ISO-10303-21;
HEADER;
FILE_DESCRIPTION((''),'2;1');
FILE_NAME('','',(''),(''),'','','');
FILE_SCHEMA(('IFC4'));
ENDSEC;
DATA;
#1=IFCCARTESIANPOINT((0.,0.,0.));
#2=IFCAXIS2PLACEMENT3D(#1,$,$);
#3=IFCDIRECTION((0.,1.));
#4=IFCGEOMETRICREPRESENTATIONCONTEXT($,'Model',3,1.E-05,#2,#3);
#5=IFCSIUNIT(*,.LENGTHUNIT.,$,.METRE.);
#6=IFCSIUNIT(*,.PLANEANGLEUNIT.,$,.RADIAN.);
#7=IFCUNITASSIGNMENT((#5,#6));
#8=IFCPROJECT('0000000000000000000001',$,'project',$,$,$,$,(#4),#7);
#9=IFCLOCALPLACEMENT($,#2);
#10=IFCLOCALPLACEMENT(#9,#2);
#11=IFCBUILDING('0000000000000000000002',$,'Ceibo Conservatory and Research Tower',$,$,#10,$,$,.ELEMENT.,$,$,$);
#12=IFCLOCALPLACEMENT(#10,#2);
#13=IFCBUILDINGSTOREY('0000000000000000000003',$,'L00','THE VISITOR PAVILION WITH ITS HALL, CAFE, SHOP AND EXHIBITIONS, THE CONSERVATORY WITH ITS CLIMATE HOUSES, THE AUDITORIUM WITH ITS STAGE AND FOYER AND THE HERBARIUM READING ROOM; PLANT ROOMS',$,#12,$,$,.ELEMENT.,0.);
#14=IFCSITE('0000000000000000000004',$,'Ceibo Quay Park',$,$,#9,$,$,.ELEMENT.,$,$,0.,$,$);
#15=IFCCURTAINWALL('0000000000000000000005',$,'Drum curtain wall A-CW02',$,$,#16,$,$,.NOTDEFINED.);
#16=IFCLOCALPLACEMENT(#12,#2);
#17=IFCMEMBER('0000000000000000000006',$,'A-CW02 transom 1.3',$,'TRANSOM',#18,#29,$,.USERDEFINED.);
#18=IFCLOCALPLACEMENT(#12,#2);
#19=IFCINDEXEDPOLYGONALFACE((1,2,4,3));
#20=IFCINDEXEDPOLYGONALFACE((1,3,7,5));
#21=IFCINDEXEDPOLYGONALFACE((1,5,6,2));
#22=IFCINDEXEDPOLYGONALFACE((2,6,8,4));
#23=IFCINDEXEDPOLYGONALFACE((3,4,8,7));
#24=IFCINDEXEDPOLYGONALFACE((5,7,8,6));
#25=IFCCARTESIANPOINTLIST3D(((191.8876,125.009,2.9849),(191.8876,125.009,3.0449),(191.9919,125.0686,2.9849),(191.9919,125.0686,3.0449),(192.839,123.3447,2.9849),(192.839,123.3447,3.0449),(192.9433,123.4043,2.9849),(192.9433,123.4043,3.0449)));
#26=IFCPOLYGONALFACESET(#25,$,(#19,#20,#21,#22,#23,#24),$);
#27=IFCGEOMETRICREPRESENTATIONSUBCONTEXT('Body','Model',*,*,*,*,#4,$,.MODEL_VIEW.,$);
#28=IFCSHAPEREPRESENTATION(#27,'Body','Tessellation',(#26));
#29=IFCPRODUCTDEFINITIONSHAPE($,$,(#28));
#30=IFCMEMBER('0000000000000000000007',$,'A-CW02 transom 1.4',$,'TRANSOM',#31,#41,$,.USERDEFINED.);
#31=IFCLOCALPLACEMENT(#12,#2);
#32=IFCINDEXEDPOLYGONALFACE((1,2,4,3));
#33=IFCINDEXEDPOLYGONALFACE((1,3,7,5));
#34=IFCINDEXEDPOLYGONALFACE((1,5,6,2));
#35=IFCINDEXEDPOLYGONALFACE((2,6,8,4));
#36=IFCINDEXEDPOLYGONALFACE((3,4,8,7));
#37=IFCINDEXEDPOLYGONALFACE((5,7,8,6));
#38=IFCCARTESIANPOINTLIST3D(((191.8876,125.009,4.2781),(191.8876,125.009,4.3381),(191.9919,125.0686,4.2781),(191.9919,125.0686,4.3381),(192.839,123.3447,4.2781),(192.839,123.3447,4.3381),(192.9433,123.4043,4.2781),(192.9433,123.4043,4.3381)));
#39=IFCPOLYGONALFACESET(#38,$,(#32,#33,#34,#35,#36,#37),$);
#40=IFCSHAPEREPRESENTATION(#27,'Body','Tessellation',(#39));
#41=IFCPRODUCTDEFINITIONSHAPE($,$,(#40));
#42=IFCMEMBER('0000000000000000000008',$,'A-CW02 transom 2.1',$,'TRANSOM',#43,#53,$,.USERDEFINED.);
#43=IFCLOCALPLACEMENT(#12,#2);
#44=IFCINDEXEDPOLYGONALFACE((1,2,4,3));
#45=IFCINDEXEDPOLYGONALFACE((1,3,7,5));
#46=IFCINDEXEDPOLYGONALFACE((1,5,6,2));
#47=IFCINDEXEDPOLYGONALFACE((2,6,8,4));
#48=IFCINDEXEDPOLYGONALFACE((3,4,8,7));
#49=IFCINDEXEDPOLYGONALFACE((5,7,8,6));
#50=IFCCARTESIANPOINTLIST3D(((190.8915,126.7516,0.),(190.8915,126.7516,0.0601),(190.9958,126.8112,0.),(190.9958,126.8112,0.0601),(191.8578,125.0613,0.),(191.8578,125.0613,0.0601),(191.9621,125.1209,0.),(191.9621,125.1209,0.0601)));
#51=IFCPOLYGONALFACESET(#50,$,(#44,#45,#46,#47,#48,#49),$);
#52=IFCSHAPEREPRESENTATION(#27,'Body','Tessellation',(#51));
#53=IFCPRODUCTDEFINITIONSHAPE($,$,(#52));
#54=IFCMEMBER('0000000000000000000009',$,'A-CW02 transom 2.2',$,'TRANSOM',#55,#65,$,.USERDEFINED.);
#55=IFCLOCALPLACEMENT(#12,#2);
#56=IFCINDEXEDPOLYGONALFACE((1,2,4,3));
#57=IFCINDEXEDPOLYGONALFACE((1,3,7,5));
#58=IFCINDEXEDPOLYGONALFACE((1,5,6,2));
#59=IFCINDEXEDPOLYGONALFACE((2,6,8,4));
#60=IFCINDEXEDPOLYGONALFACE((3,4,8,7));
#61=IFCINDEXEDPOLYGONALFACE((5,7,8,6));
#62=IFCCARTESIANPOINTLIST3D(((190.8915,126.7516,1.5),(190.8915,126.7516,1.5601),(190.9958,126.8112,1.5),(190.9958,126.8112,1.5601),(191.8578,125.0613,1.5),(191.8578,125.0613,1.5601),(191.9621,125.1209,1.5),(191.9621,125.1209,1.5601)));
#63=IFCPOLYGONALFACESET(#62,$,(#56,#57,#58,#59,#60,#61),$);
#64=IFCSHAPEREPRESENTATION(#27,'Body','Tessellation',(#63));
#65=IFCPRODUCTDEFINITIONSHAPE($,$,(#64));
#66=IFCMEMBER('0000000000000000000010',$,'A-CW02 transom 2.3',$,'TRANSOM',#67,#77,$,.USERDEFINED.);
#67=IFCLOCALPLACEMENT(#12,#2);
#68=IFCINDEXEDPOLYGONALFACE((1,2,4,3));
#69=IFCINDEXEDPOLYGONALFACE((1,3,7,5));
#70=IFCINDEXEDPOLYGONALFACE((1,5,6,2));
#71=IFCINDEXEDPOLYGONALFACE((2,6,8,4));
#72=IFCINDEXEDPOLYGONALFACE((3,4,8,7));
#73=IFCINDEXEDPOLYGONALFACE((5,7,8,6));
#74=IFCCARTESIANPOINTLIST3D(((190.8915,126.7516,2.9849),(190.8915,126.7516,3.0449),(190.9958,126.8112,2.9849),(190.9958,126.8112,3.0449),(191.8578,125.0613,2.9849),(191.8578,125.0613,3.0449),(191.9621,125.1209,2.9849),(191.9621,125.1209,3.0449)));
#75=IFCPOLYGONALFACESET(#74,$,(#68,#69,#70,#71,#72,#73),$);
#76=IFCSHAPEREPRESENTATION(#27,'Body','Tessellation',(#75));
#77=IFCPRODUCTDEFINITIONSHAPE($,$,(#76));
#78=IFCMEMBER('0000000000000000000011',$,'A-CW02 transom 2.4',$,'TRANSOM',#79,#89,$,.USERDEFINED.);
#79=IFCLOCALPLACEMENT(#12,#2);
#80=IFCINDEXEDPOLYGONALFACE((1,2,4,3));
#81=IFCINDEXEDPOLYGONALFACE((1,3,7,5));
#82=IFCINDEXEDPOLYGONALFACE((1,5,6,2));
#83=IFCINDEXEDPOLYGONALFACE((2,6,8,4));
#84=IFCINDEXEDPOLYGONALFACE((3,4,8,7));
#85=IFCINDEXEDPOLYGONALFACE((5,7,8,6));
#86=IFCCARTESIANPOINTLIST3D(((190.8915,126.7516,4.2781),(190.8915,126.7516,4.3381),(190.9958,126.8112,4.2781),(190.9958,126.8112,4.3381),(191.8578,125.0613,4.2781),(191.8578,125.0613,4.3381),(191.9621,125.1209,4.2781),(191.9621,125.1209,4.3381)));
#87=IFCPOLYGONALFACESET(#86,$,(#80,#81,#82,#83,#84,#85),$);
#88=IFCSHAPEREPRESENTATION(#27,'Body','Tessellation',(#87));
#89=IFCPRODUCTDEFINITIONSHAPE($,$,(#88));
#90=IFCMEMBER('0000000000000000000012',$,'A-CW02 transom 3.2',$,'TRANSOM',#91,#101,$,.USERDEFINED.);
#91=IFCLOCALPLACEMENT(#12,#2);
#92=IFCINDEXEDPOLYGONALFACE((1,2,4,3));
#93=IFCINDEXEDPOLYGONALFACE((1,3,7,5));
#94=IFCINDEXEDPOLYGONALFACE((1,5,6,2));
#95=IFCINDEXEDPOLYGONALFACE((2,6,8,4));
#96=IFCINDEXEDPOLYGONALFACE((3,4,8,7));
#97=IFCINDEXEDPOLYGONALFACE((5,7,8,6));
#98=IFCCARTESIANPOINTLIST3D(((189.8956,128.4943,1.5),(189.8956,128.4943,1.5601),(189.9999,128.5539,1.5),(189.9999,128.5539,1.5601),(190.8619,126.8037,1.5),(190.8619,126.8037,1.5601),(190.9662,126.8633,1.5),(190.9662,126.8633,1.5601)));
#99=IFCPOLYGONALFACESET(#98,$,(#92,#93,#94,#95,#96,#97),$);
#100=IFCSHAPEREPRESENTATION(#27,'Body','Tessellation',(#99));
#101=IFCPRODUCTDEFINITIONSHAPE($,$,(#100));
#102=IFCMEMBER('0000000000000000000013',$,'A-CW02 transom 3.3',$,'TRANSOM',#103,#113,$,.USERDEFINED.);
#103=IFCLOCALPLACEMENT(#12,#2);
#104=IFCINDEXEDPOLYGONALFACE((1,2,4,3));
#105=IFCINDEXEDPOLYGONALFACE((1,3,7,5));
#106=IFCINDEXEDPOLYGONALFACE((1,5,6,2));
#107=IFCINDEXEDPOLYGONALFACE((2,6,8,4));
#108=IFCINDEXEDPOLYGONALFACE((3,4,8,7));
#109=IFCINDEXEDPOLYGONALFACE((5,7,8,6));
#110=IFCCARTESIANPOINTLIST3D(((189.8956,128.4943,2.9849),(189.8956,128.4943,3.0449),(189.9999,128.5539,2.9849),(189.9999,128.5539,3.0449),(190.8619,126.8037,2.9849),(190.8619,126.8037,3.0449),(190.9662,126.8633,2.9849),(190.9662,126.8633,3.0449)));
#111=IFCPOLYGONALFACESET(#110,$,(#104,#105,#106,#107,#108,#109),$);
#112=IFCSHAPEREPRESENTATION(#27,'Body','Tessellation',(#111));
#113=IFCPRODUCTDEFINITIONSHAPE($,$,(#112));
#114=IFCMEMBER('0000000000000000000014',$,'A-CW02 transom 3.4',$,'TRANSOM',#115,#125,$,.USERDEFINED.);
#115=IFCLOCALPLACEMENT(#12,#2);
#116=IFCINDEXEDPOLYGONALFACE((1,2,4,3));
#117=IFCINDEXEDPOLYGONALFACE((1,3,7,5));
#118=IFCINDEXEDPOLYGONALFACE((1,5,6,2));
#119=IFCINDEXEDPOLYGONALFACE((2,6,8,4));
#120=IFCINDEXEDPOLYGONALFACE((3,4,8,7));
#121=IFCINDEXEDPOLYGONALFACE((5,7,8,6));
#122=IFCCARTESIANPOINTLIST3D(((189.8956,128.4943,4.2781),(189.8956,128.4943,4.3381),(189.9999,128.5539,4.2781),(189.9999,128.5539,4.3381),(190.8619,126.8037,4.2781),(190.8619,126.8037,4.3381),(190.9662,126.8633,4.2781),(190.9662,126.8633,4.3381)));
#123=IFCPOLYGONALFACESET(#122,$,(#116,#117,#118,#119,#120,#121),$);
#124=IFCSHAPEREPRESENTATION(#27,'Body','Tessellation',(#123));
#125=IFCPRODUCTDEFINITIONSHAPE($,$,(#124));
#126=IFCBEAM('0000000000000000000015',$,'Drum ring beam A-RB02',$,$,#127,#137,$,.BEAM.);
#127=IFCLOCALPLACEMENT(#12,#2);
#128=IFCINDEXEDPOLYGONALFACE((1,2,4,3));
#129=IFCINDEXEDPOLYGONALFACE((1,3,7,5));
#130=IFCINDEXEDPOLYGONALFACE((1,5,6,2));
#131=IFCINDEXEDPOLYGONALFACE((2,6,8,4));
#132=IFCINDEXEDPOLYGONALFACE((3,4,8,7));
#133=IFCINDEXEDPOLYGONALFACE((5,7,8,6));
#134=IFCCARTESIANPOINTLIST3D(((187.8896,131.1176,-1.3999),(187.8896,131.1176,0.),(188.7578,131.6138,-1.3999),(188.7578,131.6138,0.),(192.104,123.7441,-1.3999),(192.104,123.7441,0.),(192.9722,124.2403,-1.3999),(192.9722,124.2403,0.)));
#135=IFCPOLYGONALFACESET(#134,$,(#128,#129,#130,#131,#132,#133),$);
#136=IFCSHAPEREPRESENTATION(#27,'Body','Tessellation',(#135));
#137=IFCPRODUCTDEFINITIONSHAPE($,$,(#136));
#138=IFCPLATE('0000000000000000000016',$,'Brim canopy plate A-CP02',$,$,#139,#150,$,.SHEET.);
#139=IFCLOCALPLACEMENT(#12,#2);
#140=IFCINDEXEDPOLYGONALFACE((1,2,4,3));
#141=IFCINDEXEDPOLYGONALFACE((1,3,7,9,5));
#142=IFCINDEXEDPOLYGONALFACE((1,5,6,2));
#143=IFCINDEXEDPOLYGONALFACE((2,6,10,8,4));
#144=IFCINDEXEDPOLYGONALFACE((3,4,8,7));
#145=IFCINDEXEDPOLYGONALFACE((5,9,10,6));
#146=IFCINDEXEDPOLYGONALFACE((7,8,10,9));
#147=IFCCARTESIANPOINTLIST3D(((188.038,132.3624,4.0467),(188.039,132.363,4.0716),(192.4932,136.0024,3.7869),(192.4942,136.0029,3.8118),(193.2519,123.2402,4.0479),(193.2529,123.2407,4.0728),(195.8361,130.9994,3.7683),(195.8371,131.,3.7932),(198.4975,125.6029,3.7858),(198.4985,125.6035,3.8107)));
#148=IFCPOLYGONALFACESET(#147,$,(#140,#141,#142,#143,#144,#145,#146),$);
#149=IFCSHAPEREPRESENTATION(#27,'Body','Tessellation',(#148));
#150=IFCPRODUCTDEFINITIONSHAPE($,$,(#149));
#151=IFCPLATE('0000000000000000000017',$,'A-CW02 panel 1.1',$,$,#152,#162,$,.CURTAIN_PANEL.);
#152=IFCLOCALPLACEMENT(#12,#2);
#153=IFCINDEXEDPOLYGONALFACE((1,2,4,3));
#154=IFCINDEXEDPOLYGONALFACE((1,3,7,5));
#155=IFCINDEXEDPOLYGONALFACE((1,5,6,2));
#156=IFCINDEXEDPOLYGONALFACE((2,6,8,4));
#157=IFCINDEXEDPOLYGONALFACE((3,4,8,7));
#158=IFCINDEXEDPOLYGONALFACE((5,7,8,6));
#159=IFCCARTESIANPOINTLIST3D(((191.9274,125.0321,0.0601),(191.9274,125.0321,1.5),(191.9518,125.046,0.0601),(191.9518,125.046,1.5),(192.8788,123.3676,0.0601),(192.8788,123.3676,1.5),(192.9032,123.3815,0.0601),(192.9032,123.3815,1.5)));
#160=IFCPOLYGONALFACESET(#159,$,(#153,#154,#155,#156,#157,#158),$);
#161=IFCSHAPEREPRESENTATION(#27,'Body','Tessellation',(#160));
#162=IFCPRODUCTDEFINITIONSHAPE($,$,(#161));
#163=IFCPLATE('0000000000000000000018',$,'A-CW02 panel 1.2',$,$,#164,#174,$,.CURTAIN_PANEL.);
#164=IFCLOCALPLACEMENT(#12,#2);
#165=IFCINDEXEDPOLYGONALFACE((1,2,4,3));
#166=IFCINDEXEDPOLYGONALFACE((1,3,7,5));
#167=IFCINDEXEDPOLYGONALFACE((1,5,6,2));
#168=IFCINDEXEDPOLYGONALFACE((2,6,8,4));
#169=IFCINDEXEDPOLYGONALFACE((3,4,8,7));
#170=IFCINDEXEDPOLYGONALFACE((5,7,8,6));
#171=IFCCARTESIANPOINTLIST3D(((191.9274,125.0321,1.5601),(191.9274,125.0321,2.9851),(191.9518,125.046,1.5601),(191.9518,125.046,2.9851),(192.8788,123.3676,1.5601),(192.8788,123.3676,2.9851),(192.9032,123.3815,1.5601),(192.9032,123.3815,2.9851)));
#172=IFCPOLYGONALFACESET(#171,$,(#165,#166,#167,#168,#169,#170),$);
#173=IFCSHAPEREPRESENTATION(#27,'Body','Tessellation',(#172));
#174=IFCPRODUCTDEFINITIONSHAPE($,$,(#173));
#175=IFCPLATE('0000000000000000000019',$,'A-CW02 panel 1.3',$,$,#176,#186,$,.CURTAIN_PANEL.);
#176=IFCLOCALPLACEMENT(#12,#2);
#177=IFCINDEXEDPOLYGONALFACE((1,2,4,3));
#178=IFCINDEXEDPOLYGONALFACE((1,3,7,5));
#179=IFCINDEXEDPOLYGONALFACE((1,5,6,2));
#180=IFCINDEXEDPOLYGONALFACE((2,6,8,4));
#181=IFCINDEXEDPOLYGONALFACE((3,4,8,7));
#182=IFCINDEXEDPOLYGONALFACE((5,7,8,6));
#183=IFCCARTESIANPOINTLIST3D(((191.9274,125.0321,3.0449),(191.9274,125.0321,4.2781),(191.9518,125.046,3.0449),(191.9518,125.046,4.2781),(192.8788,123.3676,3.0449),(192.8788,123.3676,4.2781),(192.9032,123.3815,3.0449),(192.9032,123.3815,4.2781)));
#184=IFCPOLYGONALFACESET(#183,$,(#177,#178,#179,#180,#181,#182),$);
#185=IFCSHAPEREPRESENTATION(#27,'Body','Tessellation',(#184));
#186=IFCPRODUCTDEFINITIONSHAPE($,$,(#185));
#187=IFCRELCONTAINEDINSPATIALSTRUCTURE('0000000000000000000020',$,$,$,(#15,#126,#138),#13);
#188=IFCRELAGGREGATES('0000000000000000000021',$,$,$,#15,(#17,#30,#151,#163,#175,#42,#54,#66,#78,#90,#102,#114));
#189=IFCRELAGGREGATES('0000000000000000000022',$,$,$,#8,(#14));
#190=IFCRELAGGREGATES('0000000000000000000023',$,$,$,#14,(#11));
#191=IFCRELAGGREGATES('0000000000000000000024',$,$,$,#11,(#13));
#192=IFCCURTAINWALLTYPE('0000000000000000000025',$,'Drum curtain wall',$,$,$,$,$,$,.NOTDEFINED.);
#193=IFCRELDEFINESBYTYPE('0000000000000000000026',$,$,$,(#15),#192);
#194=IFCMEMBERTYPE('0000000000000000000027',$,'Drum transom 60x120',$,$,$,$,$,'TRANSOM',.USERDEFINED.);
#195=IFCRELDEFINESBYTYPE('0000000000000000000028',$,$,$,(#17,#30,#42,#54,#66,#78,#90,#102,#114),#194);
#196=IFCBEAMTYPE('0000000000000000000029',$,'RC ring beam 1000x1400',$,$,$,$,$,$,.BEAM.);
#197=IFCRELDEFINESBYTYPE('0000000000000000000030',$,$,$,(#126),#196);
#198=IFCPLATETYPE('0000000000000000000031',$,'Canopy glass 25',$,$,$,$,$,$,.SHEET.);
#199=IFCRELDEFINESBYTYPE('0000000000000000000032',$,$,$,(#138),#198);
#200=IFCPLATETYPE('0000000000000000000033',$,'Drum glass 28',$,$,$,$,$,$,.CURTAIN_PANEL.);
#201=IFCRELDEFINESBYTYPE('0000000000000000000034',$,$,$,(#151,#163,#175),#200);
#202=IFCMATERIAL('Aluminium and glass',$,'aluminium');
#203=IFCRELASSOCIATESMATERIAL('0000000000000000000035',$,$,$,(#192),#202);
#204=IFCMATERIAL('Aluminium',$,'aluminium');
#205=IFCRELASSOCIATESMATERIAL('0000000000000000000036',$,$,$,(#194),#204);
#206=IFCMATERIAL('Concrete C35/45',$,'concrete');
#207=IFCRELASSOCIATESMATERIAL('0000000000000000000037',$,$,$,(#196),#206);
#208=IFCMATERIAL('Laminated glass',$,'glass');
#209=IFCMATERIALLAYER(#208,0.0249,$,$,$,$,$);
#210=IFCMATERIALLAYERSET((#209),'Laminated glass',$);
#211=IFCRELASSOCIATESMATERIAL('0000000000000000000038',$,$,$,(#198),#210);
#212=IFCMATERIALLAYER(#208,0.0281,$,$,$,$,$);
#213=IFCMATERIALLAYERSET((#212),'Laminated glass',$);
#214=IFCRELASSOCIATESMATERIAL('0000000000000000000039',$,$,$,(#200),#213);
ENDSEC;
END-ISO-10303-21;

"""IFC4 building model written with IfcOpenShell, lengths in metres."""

from ifc_helpers import new_model, si_unit, direction, frame, origin, origin_2d, place, context, subcontext, project, spatial, polyline, rectangle, outline, extrude, material, layer, layer_set, material_profile, profile_set, type_object, element, aggregate, save


model = new_model("IFC4")

# Units and contexts
model_context = context("Model", 3, precision=1e-05, world=origin(), true_north=direction((0.0, 1.0)))
body_context = subcontext(model_context, "Body", "Model", "MODEL_VIEW")
ifc_project = project(units=[si_unit("LENGTHUNIT", "METRE"), si_unit("PLANEANGLEUNIT", "RADIAN")], contexts=[model_context])

# Site, building, storey
site_placement = place(None, origin())
site = spatial("IfcSite", under=ifc_project, at=site_placement, Name="Ceibo Quay Park", CompositionType="ELEMENT", RefElevation=0.0)
building_placement = place(site_placement, origin())
building = spatial("IfcBuilding", under=site, at=building_placement, Name="Ceibo Conservatory and Research Tower", CompositionType="ELEMENT")
storey_placement = place(building_placement, origin())
storey = spatial("IfcBuildingStorey", under=building, at=storey_placement, Name="L00", Description="THE VISITOR PAVILION WITH ITS HALL, CAFE, SHOP AND EXHIBITIONS, THE CONSERVATORY WITH ITS CLIMATE HOUSES, THE AUDITORIUM WITH ITS STAGE AND FOYER AND THE HERBARIUM READING ROOM; PLANT ROOMS", CompositionType="ELEMENT", Elevation=0.0)

# Shared definitions
ifc_material_1 = material(Name="Concrete C35/45", Category="concrete")

# Shared definitions
ifc_material_2 = material(Name="Aluminium and glass", Category="aluminium")
curtain_wall_type = type_object("IfcCurtainWallType", Name="Drum curtain wall", PredefinedType="NOTDEFINED", material=ifc_material_2)
ifc_material_3 = material(Name="Aluminium", Category="aluminium")

# Curtain wall, members
curtain_wall_1_placement = place(storey_placement, origin())
curtain_wall_1 = element("IfcCurtainWall", 1, at=curtain_wall_1_placement, inside=storey, type_object=curtain_wall_type, Name="Drum curtain wall A-CW02", PredefinedType="NOTDEFINED")
ifc_material_profile_1 = material_profile(ifc_material_3, rectangle(XDim=0.1201, YDim=0.0601, at=origin_2d()), Name="AL 60x120")
ifc_profile_set_1 = profile_set([ifc_material_profile_1], Name="Aluminium")
member_type_1 = type_object("IfcMemberType", Name="Drum transom 60x120", ElementType="TRANSOM", PredefinedType="USERDEFINED", material=ifc_profile_set_1)
member_1_placement = place(storey_placement, frame((192.8911, 123.3745, 3.0149), z_axis=(-0.49629, 0.868157, 0.0), x_axis=(-0.868157, -0.49629, 0.0)))
member_1 = element("IfcMember", 2, at=member_1_placement, type_object=member_type_1, Name="A-CW02 transom 1.3", ObjectType="TRANSOM", PredefinedType="USERDEFINED", context=body_context, shape_type="SweptSolid", body=[
    extrude(rectangle(XDim=0.1201, YDim=0.0601, at=origin_2d()), origin(), (0.0, 0.0, 1.0), 1.917),
])
member_2_placement = place(storey_placement, frame((192.8911, 123.3745, 4.3081), z_axis=(-0.49629, 0.868157, 0.0), x_axis=(-0.868157, -0.49629, 0.0)))
member_2 = element("IfcMember", 3, at=member_2_placement, type_object=member_type_1, Name="A-CW02 transom 1.4", ObjectType="TRANSOM", PredefinedType="USERDEFINED", context=body_context, shape_type="SweptSolid", body=[
    extrude(rectangle(XDim=0.1201, YDim=0.0601, at=origin_2d()), origin(), (0.0, 0.0, 1.0), 1.917),
])
member_3_placement = place(storey_placement, frame((191.9099, 125.0911, 0.03), z_axis=(-0.496274, 0.868166, 0.0), x_axis=(-0.868166, -0.496274, 0.0)))
member_3 = element("IfcMember", 4, at=member_3_placement, type_object=member_type_1, Name="A-CW02 transom 2.1", ObjectType="TRANSOM", PredefinedType="USERDEFINED", context=body_context, shape_type="SweptSolid", body=[
    extrude(rectangle(XDim=0.1201, YDim=0.0601, at=origin_2d()), origin(), (0.0, 0.0, 1.0), 1.947),
])
member_4_placement = place(storey_placement, frame((191.9099, 125.0911, 1.53), z_axis=(-0.496274, 0.868166, 0.0), x_axis=(-0.868166, -0.496274, 0.0)))
member_4 = element("IfcMember", 5, at=member_4_placement, type_object=member_type_1, Name="A-CW02 transom 2.2", ObjectType="TRANSOM", PredefinedType="USERDEFINED", context=body_context, shape_type="SweptSolid", body=[
    extrude(rectangle(XDim=0.1201, YDim=0.0601, at=origin_2d()), origin(), (0.0, 0.0, 1.0), 1.947),
])
member_5_placement = place(storey_placement, frame((191.9099, 125.0911, 3.0149), z_axis=(-0.496274, 0.868166, 0.0), x_axis=(-0.868166, -0.496274, 0.0)))
member_5 = element("IfcMember", 6, at=member_5_placement, type_object=member_type_1, Name="A-CW02 transom 2.3", ObjectType="TRANSOM", PredefinedType="USERDEFINED", context=body_context, shape_type="SweptSolid", body=[
    extrude(rectangle(XDim=0.1201, YDim=0.0601, at=origin_2d()), origin(), (0.0, 0.0, 1.0), 1.947),
])
member_6_placement = place(storey_placement, frame((191.9099, 125.0911, 4.3081), z_axis=(-0.496274, 0.868166, 0.0), x_axis=(-0.868166, -0.496274, 0.0)))
member_6 = element("IfcMember", 7, at=member_6_placement, type_object=member_type_1, Name="A-CW02 transom 2.4", ObjectType="TRANSOM", PredefinedType="USERDEFINED", context=body_context, shape_type="SweptSolid", body=[
    extrude(rectangle(XDim=0.1201, YDim=0.0601, at=origin_2d()), origin(), (0.0, 0.0, 1.0), 1.947),
])
member_7_placement = place(storey_placement, frame((190.9141, 126.8335, 1.53), z_axis=(-0.49622, 0.868197, 0.0), x_axis=(-0.868197, -0.49622, 0.0)))
member_7 = element("IfcMember", 8, at=member_7_placement, type_object=member_type_1, Name="A-CW02 transom 3.2", ObjectType="TRANSOM", PredefinedType="USERDEFINED", context=body_context, shape_type="SweptSolid", body=[
    extrude(rectangle(XDim=0.1201, YDim=0.0601, at=origin_2d()), origin(), (0.0, 0.0, 1.0), 1.9473),
])
member_8_placement = place(storey_placement, frame((190.9141, 126.8335, 3.0149), z_axis=(-0.49622, 0.868197, 0.0), x_axis=(-0.868197, -0.49622, 0.0)))
member_8 = element("IfcMember", 9, at=member_8_placement, type_object=member_type_1, Name="A-CW02 transom 3.3", ObjectType="TRANSOM", PredefinedType="USERDEFINED", context=body_context, shape_type="SweptSolid", body=[
    extrude(rectangle(XDim=0.1201, YDim=0.0601, at=origin_2d()), origin(), (0.0, 0.0, 1.0), 1.9473),
])
member_9_placement = place(storey_placement, frame((190.9141, 126.8335, 4.3081), z_axis=(-0.49622, 0.868197, 0.0), x_axis=(-0.868197, -0.49622, 0.0)))
member_9 = element("IfcMember", 10, at=member_9_placement, type_object=member_type_1, Name="A-CW02 transom 3.4", ObjectType="TRANSOM", PredefinedType="USERDEFINED", context=body_context, shape_type="SweptSolid", body=[
    extrude(rectangle(XDim=0.1201, YDim=0.0601, at=origin_2d()), origin(), (0.0, 0.0, 1.0), 1.9473),
])

# Beam
ifc_material_profile_2 = material_profile(ifc_material_1, rectangle(XDim=1.0, YDim=1.3999, at=origin_2d()), Name="RC 1000x1400")
ifc_profile_set_2 = profile_set([ifc_material_profile_2], Name="Concrete C35/45")
beam_type = type_object("IfcBeamType", Name="RC ring beam 1000x1400", PredefinedType="BEAM", material=ifc_profile_set_2)
beam_placement = place(storey_placement, frame((192.5381, 123.9922, -0.7), z_axis=(-0.496219, 0.868197, 0.0), x_axis=(-0.868197, -0.496219, 0.0)))
element("IfcBeam", 11, at=beam_placement, inside=storey, type_object=beam_type, Name="Drum ring beam A-RB02", PredefinedType="BEAM", context=body_context, shape_type="SweptSolid", body=[
    extrude(rectangle(XDim=1.0, YDim=1.3999, at=origin_2d()), origin(), (0.0, 0.0, 1.0), 8.4929),
])

# Plates
ifc_material_4 = material(Name="Laminated glass", Category="glass")
ifc_layer_1 = layer(ifc_material_4, 0.0249)
ifc_layer_set_1 = layer_set([ifc_layer_1], Name="Laminated glass")
plate_type_1 = type_object("IfcPlateType", Name="Canopy glass 25", PredefinedType="SHEET", material=ifc_layer_set_1)
plate_1_placement = place(storey_placement, frame((193.2529, 123.2407, 4.0728), z_axis=(-0.039647, -0.022787, -0.998954), x_axis=(-0.496223, 0.868195, -0.00011)))
element("IfcPlate", 12, at=plate_1_placement, inside=storey, type_object=plate_type_1, Name="Brim canopy plate A-CP02", PredefinedType="SHEET", context=body_context, shape_type="SweptSolid", body=[
    extrude(outline(polyline([(0.0, 0.0), (10.5072, 0.0), (11.4566, 5.6801), (5.4542, 6.1003), (-0.5516, 5.7327), (0.0, 0.0)])), origin(), (0.0, 0.0, 1.0), 0.0249),
])
ifc_layer_2 = layer(ifc_material_4, 0.0281)
ifc_layer_set_2 = layer_set([ifc_layer_2], Name="Laminated glass")
plate_type_2 = type_object("IfcPlateType", Name="Drum glass 28", PredefinedType="CURTAIN_PANEL", material=ifc_layer_set_2)
plate_2_placement = place(storey_placement, frame((192.4153, 124.2068, 0.0601), z_axis=(0.0, 0.0, 1.0), x_axis=(-0.496216, 0.868199, 0.0)))
plate_2 = element("IfcPlate", 13, at=plate_2_placement, type_object=plate_type_2, Name="A-CW02 panel 1.1", PredefinedType="CURTAIN_PANEL", context=body_context, shape_type="SweptSolid", body=[
    extrude(rectangle(XDim=1.9172, YDim=0.0281, at=origin_2d()), origin(), (0.0, 0.0, 1.0), 1.4399),
])
plate_3_placement = place(storey_placement, frame((192.4153, 124.2068, 1.5601), z_axis=(0.0, 0.0, 1.0), x_axis=(-0.496216, 0.868199, 0.0)))
plate_3 = element("IfcPlate", 14, at=plate_3_placement, type_object=plate_type_2, Name="A-CW02 panel 1.2", PredefinedType="CURTAIN_PANEL", context=body_context, shape_type="SweptSolid", body=[
    extrude(rectangle(XDim=1.9172, YDim=0.0281, at=origin_2d()), origin(), (0.0, 0.0, 1.0), 1.425),
])
plate_4_placement = place(storey_placement, frame((192.4153, 124.2068, 3.0449), z_axis=(0.0, 0.0, 1.0), x_axis=(-0.496216, 0.868199, 0.0)))
plate_4 = element("IfcPlate", 15, at=plate_4_placement, type_object=plate_type_2, Name="A-CW02 panel 1.3", PredefinedType="CURTAIN_PANEL", context=body_context, shape_type="SweptSolid", body=[
    extrude(rectangle(XDim=1.9172, YDim=0.0281, at=origin_2d()), origin(), (0.0, 0.0, 1.0), 1.2332),
])
aggregate(curtain_wall_1, [member_1, member_2, plate_2, plate_3, plate_4, member_3, member_4, member_5, member_6, member_7, member_8, member_9])

save(model, "model.ifc")
